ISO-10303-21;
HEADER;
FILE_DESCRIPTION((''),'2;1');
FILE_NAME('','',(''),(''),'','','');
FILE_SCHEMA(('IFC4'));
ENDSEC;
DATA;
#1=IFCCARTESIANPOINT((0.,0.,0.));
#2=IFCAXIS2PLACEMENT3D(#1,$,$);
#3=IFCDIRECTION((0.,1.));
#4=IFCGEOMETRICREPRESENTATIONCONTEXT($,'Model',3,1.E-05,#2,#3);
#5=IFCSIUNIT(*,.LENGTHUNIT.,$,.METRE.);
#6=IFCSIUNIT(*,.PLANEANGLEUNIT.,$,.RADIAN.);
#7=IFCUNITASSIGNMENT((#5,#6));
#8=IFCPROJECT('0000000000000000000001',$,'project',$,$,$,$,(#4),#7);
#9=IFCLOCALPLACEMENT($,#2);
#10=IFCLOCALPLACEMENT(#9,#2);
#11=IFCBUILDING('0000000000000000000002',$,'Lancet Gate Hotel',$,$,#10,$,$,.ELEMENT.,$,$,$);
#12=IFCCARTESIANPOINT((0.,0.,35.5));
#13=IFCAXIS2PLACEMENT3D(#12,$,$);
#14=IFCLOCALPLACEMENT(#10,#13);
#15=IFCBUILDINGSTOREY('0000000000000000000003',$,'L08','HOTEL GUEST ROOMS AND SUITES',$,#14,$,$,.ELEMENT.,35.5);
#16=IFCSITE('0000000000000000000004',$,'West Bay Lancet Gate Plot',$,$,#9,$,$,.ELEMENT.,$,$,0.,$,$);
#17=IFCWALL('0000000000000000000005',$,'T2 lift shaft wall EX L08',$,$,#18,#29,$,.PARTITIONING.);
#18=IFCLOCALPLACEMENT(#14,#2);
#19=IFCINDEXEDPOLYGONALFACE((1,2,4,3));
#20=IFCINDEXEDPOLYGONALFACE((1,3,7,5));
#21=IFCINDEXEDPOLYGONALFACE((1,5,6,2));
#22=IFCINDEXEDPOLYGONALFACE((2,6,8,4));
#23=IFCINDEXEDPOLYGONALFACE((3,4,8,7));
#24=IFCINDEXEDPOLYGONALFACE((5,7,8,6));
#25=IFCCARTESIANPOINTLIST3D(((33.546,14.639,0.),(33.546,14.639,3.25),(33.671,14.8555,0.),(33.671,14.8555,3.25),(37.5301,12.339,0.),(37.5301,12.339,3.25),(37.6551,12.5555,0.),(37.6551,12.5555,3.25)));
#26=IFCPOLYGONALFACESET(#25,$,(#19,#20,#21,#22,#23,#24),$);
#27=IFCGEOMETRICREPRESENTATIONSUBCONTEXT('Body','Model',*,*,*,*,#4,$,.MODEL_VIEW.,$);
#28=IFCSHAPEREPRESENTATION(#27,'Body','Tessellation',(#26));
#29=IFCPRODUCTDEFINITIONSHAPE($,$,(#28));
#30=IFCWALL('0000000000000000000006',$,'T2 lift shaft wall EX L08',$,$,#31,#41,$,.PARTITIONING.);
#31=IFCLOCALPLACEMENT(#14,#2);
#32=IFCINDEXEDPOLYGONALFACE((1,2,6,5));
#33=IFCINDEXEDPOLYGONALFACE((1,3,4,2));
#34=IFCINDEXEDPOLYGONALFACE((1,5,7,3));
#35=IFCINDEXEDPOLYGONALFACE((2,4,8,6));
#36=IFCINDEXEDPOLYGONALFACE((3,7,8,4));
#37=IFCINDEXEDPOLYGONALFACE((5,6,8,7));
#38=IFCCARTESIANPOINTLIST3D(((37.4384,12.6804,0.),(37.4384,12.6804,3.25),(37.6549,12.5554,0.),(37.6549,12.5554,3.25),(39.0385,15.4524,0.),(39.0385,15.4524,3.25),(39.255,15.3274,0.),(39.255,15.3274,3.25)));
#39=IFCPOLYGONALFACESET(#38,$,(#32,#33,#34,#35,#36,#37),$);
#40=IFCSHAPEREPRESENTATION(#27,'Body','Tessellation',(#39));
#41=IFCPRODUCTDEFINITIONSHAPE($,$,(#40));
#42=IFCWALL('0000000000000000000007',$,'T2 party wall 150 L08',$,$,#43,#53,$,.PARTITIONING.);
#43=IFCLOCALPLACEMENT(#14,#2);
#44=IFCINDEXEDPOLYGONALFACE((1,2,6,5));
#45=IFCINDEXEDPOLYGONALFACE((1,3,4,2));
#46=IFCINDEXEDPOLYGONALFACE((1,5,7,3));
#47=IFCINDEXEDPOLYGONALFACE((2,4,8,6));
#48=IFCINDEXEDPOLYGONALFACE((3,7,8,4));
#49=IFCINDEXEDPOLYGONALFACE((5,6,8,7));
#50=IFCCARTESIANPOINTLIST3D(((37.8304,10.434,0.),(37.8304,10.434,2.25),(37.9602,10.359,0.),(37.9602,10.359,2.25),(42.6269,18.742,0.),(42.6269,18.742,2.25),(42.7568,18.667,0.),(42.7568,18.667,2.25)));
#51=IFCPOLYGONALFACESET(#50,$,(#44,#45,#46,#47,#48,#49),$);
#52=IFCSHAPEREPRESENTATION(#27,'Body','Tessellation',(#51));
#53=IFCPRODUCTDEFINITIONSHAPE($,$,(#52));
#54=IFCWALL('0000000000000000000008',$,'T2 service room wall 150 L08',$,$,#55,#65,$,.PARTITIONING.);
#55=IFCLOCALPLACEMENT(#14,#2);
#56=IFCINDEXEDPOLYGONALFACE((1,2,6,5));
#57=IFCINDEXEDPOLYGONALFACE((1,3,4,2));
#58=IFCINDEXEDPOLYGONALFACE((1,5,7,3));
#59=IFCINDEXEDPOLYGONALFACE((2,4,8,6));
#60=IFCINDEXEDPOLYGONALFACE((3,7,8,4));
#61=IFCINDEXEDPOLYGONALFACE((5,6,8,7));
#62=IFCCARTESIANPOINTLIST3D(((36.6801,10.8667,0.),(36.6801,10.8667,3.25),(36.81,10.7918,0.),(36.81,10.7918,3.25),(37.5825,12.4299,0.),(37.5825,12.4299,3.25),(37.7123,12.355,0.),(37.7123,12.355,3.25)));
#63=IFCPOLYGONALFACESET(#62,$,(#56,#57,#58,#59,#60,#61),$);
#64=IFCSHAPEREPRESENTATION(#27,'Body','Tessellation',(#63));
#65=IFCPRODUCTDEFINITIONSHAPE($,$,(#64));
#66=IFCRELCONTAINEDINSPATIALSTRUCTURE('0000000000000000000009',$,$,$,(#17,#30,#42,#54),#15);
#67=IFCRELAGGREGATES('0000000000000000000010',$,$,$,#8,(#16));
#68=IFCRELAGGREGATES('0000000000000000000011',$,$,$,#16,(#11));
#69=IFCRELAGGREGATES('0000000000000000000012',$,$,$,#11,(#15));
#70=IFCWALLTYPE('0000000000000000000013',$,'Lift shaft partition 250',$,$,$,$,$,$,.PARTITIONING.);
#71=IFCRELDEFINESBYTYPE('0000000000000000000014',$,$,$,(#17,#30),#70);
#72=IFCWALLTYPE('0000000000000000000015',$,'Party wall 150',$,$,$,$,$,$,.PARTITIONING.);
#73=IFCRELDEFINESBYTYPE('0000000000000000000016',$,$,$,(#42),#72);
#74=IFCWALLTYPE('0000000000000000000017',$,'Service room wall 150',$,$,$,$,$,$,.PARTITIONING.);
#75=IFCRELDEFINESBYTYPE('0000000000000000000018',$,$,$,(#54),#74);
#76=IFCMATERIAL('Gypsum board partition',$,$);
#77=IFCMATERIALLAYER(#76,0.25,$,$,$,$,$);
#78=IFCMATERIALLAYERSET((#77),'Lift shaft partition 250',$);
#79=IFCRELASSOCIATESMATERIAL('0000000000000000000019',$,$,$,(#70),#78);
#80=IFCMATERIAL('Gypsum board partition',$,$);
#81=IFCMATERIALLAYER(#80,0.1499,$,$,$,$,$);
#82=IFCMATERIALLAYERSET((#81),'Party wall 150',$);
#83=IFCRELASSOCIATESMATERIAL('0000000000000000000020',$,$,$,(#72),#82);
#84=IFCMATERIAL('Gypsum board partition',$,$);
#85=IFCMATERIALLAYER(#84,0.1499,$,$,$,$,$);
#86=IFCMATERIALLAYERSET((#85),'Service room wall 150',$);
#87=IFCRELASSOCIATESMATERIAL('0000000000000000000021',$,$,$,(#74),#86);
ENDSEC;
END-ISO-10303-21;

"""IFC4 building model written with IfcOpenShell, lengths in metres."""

from ifc_helpers import new_model, si_unit, direction, frame, frame_2d, origin, place, context, subcontext, project, spatial, rectangle, extrude, material, layer, layer_set, type_object, element, save


model = new_model("IFC4")

# Units and contexts
model_context = context("Model", 3, precision=1e-05, world=origin(), true_north=direction((0.0, 1.0)))
body_context = subcontext(model_context, "Body", "Model", "MODEL_VIEW")
ifc_project = project(units=[si_unit("LENGTHUNIT", "METRE"), si_unit("PLANEANGLEUNIT", "RADIAN")], contexts=[model_context])

# Site, building, storey
site_placement = place(None, origin())
site = spatial("IfcSite", under=ifc_project, at=site_placement, Name="West Bay Lancet Gate Plot", CompositionType="ELEMENT", RefElevation=0.0)
building_placement = place(site_placement, origin())
building = spatial("IfcBuilding", under=site, at=building_placement, Name="Lancet Gate Hotel", CompositionType="ELEMENT")
storey_placement = place(building_placement, frame((0.0, 0.0, 35.5)))
storey = spatial("IfcBuildingStorey", under=building, at=storey_placement, Name="L08", Description="HOTEL GUEST ROOMS AND SUITES", CompositionType="ELEMENT", Elevation=35.5)

# Walls
ifc_material_1 = material(Name="Gypsum board partition")
ifc_layer_1 = layer(ifc_material_1, 0.25)
ifc_layer_set_1 = layer_set([ifc_layer_1], Name="Lift shaft partition 250")
wall_type_1 = type_object("IfcWallType", Name="Lift shaft partition 250", PredefinedType="PARTITIONING", material=ifc_layer_set_1)
wall_1_placement = place(storey_placement, frame((33.6084, 14.7473, 0.0), z_axis=(0.0, 0.0, 1.0), x_axis=(0.866043, -0.499969, 0.0)))
element("IfcWall", 1, at=wall_1_placement, inside=storey, type_object=wall_type_1, Name="T2 lift shaft wall EX L08", PredefinedType="PARTITIONING", context=body_context, shape_type="SweptSolid", body=[
    extrude(rectangle(XDim=4.6003, YDim=0.25, at=frame_2d((2.3003, 0.0))), origin(), (0.0, 0.0, 1.0), 3.25),
])
wall_2_placement = place(storey_placement, frame((37.5466, 12.6179, 0.0), z_axis=(0.0, 0.0, 1.0), x_axis=(0.499929, 0.866066, 0.0)))
element("IfcWall", 2, at=wall_2_placement, inside=storey, type_object=wall_type_1, Name="T2 lift shaft wall EX L08", PredefinedType="PARTITIONING", context=body_context, shape_type="SweptSolid", body=[
    extrude(rectangle(XDim=3.2007, YDim=0.25, at=frame_2d((1.6003, 0.0))), origin(), (0.0, 0.0, 1.0), 3.25),
])
ifc_material_2 = material(Name="Gypsum board partition")
ifc_layer_2 = layer(ifc_material_2, 0.1499)
ifc_layer_set_2 = layer_set([ifc_layer_2], Name="Party wall 150")
wall_type_2 = type_object("IfcWallType", Name="Party wall 150", PredefinedType="PARTITIONING", material=ifc_layer_set_2)
wall_3_placement = place(storey_placement, frame((37.8953, 10.3965, 0.0), z_axis=(0.0, 0.0, 1.0), x_axis=(0.499996, 0.866028, 0.0)))
element("IfcWall", 3, at=wall_3_placement, inside=storey, type_object=wall_type_2, Name="T2 party wall 150 L08", PredefinedType="PARTITIONING", context=body_context, shape_type="SweptSolid", body=[
    extrude(rectangle(XDim=9.5933, YDim=0.1499, at=frame_2d((4.7966, 0.0))), origin(), (0.0, 0.0, 1.0), 2.25),
])
ifc_material_3 = material(Name="Gypsum board partition")
ifc_layer_3 = layer(ifc_material_3, 0.1499)
ifc_layer_set_3 = layer_set([ifc_layer_3], Name="Service room wall 150")
wall_type_3 = type_object("IfcWallType", Name="Service room wall 150", PredefinedType="PARTITIONING", material=ifc_layer_set_3)
wall_4_placement = place(storey_placement, frame((36.7451, 10.8293, 0.0), z_axis=(0.0, 0.0, 1.0), x_axis=(0.499922, 0.866071, 0.0)))
element("IfcWall", 4, at=wall_4_placement, inside=storey, type_object=wall_type_3, Name="T2 service room wall 150 L08", PredefinedType="PARTITIONING", context=body_context, shape_type="SweptSolid", body=[
    extrude(rectangle(XDim=1.8049, YDim=0.1499, at=frame_2d((0.9023, 0.0))), origin(), (0.0, 0.0, 1.0), 3.25),
])

save(model, "model.ifc")
